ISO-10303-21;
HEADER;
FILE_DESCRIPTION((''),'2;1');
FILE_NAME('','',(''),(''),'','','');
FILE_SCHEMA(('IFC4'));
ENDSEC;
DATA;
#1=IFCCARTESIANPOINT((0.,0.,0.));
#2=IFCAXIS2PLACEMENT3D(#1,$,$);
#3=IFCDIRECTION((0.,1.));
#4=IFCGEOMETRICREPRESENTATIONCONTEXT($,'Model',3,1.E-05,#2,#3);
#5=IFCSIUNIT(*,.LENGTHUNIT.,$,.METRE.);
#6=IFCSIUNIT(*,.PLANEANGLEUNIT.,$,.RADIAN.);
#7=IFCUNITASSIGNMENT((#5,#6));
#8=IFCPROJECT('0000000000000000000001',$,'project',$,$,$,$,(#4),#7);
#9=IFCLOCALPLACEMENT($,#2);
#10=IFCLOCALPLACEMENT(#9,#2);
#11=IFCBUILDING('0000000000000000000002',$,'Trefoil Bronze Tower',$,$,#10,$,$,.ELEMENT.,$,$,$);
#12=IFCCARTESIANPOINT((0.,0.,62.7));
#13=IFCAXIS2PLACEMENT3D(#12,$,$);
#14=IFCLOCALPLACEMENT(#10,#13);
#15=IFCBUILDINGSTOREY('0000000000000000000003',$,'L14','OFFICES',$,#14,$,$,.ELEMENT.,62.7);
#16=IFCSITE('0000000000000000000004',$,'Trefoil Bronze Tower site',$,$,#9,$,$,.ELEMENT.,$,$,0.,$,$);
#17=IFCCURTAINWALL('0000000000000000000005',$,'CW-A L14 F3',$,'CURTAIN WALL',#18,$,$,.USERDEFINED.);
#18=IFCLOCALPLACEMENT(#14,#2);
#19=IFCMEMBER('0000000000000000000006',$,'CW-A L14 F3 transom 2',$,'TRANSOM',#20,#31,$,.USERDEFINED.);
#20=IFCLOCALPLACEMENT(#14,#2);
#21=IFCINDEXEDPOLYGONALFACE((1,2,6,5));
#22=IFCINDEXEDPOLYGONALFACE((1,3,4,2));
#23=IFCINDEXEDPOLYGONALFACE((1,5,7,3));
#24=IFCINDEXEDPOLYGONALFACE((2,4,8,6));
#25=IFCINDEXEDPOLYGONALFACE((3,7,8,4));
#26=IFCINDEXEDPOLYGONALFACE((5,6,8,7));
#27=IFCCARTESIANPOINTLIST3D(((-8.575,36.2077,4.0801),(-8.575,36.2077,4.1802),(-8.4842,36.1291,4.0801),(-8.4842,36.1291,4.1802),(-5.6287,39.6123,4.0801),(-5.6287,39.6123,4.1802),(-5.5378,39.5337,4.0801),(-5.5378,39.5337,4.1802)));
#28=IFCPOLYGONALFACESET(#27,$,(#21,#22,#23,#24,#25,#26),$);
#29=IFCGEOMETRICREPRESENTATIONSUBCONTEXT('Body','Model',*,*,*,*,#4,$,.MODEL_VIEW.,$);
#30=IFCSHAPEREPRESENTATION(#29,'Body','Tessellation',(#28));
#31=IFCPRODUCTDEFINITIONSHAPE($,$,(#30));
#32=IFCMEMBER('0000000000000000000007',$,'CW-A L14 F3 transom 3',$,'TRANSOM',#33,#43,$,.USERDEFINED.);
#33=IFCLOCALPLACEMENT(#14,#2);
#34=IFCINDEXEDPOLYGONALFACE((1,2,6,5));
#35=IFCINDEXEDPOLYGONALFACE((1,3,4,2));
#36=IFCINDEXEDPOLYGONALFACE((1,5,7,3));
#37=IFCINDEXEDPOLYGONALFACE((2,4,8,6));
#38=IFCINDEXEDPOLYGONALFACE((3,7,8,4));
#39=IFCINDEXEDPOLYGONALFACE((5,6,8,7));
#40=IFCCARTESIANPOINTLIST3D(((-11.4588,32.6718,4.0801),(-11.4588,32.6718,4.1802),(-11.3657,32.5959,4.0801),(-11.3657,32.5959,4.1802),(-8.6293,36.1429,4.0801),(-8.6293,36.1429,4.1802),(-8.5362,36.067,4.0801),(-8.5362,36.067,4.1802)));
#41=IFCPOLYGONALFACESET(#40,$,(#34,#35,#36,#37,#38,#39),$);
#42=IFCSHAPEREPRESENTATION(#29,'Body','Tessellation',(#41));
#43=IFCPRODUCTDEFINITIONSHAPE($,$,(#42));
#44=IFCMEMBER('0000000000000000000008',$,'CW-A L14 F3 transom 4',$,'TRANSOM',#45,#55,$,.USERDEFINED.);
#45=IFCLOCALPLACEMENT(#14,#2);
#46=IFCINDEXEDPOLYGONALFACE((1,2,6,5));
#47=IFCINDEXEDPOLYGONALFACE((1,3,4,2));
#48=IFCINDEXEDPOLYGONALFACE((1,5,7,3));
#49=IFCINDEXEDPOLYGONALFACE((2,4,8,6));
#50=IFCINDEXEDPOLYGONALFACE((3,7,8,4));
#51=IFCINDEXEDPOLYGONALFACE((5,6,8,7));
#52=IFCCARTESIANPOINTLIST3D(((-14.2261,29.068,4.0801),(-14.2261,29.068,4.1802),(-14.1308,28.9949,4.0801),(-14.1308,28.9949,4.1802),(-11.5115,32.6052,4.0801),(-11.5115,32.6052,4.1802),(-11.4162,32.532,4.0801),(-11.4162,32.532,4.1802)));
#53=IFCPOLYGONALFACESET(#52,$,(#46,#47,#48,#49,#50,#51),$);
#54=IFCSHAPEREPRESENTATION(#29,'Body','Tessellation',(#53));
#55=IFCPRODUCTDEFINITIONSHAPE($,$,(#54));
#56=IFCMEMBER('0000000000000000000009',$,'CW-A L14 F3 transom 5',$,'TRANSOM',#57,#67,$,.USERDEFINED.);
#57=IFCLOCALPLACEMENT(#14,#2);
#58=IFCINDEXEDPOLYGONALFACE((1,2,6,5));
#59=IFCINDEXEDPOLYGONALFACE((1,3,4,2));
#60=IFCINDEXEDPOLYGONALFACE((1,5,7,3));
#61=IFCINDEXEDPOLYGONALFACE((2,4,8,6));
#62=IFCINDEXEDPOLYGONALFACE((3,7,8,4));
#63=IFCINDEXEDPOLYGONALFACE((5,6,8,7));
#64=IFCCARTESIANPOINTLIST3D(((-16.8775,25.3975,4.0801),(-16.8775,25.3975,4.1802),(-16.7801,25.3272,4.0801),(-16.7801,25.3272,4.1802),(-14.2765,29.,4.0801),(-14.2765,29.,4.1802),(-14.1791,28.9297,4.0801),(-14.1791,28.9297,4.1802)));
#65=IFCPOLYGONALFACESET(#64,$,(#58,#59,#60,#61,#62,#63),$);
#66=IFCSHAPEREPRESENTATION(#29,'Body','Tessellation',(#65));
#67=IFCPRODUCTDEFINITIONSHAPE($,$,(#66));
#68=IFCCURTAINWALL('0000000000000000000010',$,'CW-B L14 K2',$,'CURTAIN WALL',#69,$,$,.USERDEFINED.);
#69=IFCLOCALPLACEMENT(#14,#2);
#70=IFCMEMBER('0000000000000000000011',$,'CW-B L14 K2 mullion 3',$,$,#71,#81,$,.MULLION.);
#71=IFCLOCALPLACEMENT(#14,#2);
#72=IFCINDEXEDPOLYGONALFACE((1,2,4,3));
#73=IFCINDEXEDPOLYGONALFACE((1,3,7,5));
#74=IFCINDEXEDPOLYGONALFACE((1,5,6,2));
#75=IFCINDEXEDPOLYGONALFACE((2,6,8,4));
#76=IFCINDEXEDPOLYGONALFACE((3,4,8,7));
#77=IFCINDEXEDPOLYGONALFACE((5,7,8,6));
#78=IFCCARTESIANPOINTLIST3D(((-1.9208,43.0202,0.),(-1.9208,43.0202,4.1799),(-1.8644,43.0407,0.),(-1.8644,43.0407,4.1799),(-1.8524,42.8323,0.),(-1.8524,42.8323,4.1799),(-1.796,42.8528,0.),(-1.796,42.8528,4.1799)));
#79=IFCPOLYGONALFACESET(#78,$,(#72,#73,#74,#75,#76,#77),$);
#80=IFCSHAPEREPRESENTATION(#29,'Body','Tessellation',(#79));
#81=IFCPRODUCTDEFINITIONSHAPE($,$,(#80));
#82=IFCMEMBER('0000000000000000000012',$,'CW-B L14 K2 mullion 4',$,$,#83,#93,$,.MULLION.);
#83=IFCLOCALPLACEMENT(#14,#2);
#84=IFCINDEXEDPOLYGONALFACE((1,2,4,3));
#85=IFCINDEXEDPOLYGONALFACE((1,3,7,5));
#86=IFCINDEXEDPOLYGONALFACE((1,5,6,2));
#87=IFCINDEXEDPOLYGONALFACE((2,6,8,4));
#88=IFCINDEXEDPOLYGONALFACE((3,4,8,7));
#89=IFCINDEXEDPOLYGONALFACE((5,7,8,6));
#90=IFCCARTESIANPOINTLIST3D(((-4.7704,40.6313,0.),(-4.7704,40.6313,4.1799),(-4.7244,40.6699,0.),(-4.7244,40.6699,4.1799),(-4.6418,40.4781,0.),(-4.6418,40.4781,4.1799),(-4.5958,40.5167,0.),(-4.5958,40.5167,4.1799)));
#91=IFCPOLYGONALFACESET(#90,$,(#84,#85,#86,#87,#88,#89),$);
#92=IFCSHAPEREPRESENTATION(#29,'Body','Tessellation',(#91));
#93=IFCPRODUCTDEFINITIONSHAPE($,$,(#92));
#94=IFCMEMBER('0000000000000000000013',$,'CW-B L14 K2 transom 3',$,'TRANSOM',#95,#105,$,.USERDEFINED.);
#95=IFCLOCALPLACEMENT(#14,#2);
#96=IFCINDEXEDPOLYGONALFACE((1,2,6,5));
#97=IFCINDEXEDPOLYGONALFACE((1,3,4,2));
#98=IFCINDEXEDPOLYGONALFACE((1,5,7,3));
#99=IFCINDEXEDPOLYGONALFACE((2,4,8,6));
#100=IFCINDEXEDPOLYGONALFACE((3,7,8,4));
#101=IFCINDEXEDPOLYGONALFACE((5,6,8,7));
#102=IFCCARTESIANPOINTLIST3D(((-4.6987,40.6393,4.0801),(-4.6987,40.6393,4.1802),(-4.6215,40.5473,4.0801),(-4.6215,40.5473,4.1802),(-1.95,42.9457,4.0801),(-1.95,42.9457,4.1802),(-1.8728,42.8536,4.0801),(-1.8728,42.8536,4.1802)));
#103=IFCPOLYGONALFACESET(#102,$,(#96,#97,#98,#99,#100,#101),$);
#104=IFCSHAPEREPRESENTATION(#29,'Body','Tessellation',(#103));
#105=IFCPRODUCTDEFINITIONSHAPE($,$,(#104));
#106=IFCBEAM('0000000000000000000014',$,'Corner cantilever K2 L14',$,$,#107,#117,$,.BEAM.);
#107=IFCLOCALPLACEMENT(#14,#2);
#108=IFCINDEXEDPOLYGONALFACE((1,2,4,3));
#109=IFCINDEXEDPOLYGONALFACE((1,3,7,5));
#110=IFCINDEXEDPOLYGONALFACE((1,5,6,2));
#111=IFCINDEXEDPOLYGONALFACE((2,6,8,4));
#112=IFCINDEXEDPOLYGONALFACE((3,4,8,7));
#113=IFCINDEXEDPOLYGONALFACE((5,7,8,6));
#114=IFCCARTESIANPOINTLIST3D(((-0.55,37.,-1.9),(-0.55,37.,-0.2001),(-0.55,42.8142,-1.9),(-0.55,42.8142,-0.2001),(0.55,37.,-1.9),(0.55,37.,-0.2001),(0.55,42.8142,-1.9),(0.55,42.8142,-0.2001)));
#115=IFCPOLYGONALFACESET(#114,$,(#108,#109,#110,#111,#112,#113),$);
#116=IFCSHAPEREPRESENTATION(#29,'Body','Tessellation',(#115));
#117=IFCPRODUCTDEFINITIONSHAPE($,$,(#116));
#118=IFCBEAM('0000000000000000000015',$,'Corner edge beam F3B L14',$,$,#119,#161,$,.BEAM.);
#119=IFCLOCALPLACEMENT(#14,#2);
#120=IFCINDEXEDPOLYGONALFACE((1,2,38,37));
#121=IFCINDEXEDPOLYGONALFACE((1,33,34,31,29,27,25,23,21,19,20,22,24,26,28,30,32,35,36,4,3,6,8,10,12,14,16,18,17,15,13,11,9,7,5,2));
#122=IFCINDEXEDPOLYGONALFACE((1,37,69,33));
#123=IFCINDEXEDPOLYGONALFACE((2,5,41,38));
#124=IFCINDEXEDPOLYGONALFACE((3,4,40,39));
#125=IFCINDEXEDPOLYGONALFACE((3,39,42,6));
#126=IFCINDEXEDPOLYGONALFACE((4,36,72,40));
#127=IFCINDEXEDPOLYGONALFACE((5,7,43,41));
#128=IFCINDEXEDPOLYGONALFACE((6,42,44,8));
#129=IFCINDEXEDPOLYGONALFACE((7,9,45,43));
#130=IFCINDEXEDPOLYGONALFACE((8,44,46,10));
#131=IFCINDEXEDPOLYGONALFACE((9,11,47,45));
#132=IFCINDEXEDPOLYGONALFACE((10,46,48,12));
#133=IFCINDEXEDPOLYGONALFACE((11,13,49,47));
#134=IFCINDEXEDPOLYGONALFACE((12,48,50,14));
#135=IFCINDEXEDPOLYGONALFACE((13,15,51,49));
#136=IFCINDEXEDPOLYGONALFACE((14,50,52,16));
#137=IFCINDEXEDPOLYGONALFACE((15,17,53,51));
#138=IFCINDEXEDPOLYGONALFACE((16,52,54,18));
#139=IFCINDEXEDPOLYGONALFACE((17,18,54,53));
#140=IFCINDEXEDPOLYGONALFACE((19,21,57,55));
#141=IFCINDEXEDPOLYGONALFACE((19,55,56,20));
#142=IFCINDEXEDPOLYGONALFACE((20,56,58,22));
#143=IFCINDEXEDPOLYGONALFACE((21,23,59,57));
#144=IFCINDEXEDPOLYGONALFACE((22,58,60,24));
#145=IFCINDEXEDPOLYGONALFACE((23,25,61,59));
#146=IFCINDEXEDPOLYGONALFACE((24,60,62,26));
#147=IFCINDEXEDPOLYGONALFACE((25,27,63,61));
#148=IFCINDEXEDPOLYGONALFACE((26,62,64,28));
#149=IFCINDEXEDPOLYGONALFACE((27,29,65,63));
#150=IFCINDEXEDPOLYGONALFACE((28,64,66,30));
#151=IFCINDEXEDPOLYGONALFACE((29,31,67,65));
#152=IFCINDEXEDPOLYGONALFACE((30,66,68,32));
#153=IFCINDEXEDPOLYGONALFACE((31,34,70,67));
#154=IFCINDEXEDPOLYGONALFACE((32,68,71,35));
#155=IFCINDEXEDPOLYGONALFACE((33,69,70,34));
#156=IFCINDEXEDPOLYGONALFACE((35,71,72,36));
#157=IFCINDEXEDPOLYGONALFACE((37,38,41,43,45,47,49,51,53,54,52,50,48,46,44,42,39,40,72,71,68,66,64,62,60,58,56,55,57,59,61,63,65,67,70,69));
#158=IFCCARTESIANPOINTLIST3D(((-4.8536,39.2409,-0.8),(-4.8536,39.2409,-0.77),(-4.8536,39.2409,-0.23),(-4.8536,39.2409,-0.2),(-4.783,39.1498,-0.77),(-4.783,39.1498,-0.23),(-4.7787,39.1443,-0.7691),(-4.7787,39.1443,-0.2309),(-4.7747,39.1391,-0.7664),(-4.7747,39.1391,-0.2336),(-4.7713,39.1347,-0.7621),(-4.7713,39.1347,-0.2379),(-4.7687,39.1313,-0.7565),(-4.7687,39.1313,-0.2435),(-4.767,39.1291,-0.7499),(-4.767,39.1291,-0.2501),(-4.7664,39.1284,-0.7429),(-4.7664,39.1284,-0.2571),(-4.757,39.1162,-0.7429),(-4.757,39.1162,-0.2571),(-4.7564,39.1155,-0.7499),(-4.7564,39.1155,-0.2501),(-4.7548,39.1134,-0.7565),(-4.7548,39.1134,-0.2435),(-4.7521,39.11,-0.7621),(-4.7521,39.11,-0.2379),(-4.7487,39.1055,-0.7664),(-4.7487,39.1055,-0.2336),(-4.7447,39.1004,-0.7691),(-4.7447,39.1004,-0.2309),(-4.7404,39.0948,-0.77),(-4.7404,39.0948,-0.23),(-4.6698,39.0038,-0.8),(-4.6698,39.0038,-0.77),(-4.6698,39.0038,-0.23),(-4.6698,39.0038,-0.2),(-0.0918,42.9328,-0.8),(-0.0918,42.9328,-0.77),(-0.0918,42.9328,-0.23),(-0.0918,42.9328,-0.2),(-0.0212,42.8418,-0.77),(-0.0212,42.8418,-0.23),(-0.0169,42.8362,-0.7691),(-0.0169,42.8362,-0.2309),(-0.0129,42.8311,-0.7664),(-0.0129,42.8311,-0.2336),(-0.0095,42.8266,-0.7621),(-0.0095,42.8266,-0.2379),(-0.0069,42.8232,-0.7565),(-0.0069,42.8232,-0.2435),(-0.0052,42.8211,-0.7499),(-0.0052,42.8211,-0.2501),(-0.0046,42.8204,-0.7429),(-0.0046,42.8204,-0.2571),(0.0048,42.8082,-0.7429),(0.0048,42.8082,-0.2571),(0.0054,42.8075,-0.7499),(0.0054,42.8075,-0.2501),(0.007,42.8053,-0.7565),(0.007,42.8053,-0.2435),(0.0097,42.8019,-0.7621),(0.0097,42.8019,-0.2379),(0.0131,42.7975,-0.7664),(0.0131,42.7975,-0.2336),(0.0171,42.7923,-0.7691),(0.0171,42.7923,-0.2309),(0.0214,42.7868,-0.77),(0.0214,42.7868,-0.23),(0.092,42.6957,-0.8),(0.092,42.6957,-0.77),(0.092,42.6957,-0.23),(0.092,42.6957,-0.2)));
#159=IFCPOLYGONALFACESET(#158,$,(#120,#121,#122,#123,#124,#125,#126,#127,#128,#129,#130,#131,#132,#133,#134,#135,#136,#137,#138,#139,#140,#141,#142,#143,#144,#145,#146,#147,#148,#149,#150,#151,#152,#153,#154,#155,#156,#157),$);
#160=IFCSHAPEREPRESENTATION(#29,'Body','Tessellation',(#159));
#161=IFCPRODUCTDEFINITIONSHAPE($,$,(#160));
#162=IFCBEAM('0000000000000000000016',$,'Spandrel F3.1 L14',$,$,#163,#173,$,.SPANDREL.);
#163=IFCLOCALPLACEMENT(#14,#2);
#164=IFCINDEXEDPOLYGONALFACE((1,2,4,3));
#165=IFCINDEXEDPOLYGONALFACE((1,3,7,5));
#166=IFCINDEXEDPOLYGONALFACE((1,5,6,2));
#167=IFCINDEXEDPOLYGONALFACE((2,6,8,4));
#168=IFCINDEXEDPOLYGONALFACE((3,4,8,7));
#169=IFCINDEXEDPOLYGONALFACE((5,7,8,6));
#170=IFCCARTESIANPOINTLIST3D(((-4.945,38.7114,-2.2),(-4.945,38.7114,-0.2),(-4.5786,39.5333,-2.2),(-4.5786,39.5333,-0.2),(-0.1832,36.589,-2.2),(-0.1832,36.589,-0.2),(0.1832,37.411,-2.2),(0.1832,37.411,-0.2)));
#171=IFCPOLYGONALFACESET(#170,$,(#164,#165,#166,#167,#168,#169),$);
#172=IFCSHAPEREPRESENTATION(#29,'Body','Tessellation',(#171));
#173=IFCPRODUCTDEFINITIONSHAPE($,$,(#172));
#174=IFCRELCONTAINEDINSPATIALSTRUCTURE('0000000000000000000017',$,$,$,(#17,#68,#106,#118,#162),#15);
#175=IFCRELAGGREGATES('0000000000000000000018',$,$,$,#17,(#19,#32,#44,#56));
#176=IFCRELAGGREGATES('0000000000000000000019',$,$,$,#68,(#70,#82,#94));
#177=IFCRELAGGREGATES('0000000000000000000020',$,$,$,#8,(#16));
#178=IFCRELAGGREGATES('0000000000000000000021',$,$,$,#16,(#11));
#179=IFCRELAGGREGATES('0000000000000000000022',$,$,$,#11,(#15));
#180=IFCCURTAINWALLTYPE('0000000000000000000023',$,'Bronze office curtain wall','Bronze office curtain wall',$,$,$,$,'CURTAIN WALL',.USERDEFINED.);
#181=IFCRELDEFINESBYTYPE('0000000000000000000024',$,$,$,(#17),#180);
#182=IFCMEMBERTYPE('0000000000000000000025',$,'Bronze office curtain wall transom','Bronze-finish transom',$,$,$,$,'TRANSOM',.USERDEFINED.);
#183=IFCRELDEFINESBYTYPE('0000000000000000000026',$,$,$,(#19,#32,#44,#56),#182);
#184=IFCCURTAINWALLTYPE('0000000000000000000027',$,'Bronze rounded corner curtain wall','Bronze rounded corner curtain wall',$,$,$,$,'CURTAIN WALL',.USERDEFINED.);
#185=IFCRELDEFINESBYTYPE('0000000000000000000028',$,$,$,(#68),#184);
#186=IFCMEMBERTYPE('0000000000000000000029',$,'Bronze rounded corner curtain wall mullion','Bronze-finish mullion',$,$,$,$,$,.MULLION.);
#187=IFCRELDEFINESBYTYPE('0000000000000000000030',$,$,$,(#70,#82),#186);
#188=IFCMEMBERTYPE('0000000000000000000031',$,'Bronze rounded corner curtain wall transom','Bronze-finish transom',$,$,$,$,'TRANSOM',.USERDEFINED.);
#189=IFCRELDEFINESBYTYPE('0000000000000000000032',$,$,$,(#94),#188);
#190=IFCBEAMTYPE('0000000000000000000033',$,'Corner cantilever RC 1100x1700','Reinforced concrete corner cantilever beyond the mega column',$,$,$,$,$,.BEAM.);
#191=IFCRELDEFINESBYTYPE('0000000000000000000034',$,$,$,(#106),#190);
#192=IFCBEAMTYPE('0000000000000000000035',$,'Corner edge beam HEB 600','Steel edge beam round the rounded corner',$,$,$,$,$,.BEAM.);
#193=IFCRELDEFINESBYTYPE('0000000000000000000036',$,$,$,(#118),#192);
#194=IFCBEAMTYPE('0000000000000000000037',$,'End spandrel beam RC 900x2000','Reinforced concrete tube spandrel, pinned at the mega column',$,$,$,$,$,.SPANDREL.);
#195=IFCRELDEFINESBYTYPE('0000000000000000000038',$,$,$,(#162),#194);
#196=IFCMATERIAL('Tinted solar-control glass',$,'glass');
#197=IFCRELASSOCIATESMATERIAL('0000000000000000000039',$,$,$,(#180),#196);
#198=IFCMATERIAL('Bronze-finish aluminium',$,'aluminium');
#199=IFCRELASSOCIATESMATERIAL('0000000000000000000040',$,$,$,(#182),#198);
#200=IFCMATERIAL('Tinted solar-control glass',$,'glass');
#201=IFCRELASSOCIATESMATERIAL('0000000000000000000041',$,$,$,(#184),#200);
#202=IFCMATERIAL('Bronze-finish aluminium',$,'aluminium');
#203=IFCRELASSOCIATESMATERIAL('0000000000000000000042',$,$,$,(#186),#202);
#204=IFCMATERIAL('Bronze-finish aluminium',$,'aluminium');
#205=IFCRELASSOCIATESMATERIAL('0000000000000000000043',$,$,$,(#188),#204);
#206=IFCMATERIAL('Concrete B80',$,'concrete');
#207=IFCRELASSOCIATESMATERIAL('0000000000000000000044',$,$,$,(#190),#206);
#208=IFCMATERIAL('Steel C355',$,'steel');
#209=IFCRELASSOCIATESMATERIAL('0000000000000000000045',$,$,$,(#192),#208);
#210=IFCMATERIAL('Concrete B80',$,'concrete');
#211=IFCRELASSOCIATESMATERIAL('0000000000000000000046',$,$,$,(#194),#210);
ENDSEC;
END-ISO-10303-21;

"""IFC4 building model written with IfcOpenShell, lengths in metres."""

from ifc_helpers import new_model, si_unit, direction, frame, origin, origin_2d, place, context, subcontext, project, spatial, rectangle, i_section, extrude, material, material_profile, profile_set, type_object, element, aggregate, save


model = new_model("IFC4")

# Units and contexts
model_context = context("Model", 3, precision=1e-05, world=origin(), true_north=direction((0.0, 1.0)))
body_context = subcontext(model_context, "Body", "Model", "MODEL_VIEW")
ifc_project = project(units=[si_unit("LENGTHUNIT", "METRE"), si_unit("PLANEANGLEUNIT", "RADIAN")], contexts=[model_context])

# Site, building, storey
site_placement = place(None, origin())
site = spatial("IfcSite", under=ifc_project, at=site_placement, Name="Trefoil Bronze Tower site", CompositionType="ELEMENT", RefElevation=0.0)
building_placement = place(site_placement, origin())
building = spatial("IfcBuilding", under=site, at=building_placement, Name="Trefoil Bronze Tower", CompositionType="ELEMENT")
storey_placement = place(building_placement, frame((0.0, 0.0, 62.7)))
storey = spatial("IfcBuildingStorey", under=building, at=storey_placement, Name="L14", Description="OFFICES", CompositionType="ELEMENT", Elevation=62.7)

# Curtain walls, members
ifc_material_1 = material(Name="Tinted solar-control glass", Category="glass")
curtain_wall_type_1 = type_object("IfcCurtainWallType", Name="Bronze office curtain wall", Description="Bronze office curtain wall", ElementType="CURTAIN WALL", PredefinedType="USERDEFINED", material=ifc_material_1)
curtain_wall_1_placement = place(storey_placement, origin())
curtain_wall_1 = element("IfcCurtainWall", 1, at=curtain_wall_1_placement, inside=storey, type_object=curtain_wall_type_1, Name="CW-A L14 F3", ObjectType="CURTAIN WALL", PredefinedType="USERDEFINED")
ifc_material_2 = material(Name="Bronze-finish aluminium", Category="aluminium")
ifc_material_profile_1 = material_profile(ifc_material_2, rectangle(XDim=0.1201, YDim=0.1001, at=origin_2d()), Name="CW-A transom")
ifc_profile_set_1 = profile_set([ifc_material_profile_1], Name="Bronze-finish aluminium")
member_type_1 = type_object("IfcMemberType", Name="Bronze office curtain wall transom", Description="Bronze-finish transom", ElementType="TRANSOM", PredefinedType="USERDEFINED", material=ifc_profile_set_1)
member_1_placement = place(storey_placement, frame((-5.5833, 39.573, 4.1301), z_axis=(-0.654383, -0.756163, 0.0), x_axis=(0.756163, -0.654383, 0.0)))
member_1 = element("IfcMember", 2, at=member_1_placement, type_object=member_type_1, Name="CW-A L14 F3 transom 2", ObjectType="TRANSOM", PredefinedType="USERDEFINED", context=body_context, shape_type="SweptSolid", body=[
    extrude(rectangle(XDim=0.1201, YDim=0.1001, at=origin_2d()), origin(), (0.0, 0.0, 1.0), 4.5024),
])
member_2_placement = place(storey_placement, frame((-8.5828, 36.105, 4.1301), z_axis=(-0.631836, -0.775102, 0.0), x_axis=(0.775102, -0.631836, 0.0)))
member_2 = element("IfcMember", 3, at=member_2_placement, type_object=member_type_1, Name="CW-A L14 F3 transom 3", ObjectType="TRANSOM", PredefinedType="USERDEFINED", context=body_context, shape_type="SweptSolid", body=[
    extrude(rectangle(XDim=0.1201, YDim=0.1001, at=origin_2d()), origin(), (0.0, 0.0, 1.0), 4.4783),
])
member_3_placement = place(storey_placement, frame((-11.4639, 32.5686, 4.1301), z_axis=(-0.608829, -0.793301, 0.0), x_axis=(0.793301, -0.608829, 0.0)))
member_3 = element("IfcMember", 4, at=member_3_placement, type_object=member_type_1, Name="CW-A L14 F3 transom 4", ObjectType="TRANSOM", PredefinedType="USERDEFINED", context=body_context, shape_type="SweptSolid", body=[
    extrude(rectangle(XDim=0.1201, YDim=0.1001, at=origin_2d()), origin(), (0.0, 0.0, 1.0), 4.4587),
])
member_4_placement = place(storey_placement, frame((-14.2278, 28.9648, 4.1301), z_axis=(-0.585378, -0.81076, 0.0), x_axis=(0.81076, -0.585378, 0.0)))
member_4 = element("IfcMember", 5, at=member_4_placement, type_object=member_type_1, Name="CW-A L14 F3 transom 5", ObjectType="TRANSOM", PredefinedType="USERDEFINED", context=body_context, shape_type="SweptSolid", body=[
    extrude(rectangle(XDim=0.1201, YDim=0.1001, at=origin_2d()), origin(), (0.0, 0.0, 1.0), 4.4434),
])
ifc_material_3 = material(Name="Tinted solar-control glass", Category="glass")
curtain_wall_type_2 = type_object("IfcCurtainWallType", Name="Bronze rounded corner curtain wall", Description="Bronze rounded corner curtain wall", ElementType="CURTAIN WALL", PredefinedType="USERDEFINED", material=ifc_material_3)
curtain_wall_2_placement = place(storey_placement, origin())
curtain_wall_2 = element("IfcCurtainWall", 6, at=curtain_wall_2_placement, inside=storey, type_object=curtain_wall_type_2, Name="CW-B L14 K2", ObjectType="CURTAIN WALL", PredefinedType="USERDEFINED")
ifc_material_4 = material(Name="Bronze-finish aluminium", Category="aluminium")
ifc_material_profile_2 = material_profile(ifc_material_4, rectangle(XDim=0.2, YDim=0.0601, at=origin_2d()), Name="CW-B mullion")
ifc_profile_set_2 = profile_set([ifc_material_profile_2], Name="Bronze-finish aluminium")
member_type_2 = type_object("IfcMemberType", Name="Bronze rounded corner curtain wall mullion", Description="Bronze-finish mullion", PredefinedType="MULLION", material=ifc_profile_set_2)
member_5_placement = place(storey_placement, frame((-1.8584, 42.9365, 0.0), z_axis=(0.0, 0.0, 1.0), x_axis=(0.34202, -0.939693, 0.0)))
member_5 = element("IfcMember", 7, at=member_5_placement, type_object=member_type_2, Name="CW-B L14 K2 mullion 3", PredefinedType="MULLION", context=body_context, shape_type="SweptSolid", body=[
    extrude(rectangle(XDim=0.2, YDim=0.0601, at=origin_2d()), origin(), (0.0, 0.0, 1.0), 4.1799),
])
member_6_placement = place(storey_placement, frame((-4.6831, 40.574, 0.0), z_axis=(0.0, 0.0, 1.0), x_axis=(0.642788, -0.766044, 0.0)))
member_6 = element("IfcMember", 8, at=member_6_placement, type_object=member_type_2, Name="CW-B L14 K2 mullion 4", PredefinedType="MULLION", context=body_context, shape_type="SweptSolid", body=[
    extrude(rectangle(XDim=0.2, YDim=0.0601, at=origin_2d()), origin(), (0.0, 0.0, 1.0), 4.1799),
])
ifc_material_5 = material(Name="Bronze-finish aluminium", Category="aluminium")
ifc_material_profile_3 = material_profile(ifc_material_5, rectangle(XDim=0.1201, YDim=0.1001, at=origin_2d()), Name="CW-B transom")
ifc_profile_set_3 = profile_set([ifc_material_profile_3], Name="Bronze-finish aluminium")
member_type_3 = type_object("IfcMemberType", Name="Bronze rounded corner curtain wall transom", Description="Bronze-finish transom", ElementType="TRANSOM", PredefinedType="USERDEFINED", material=ifc_profile_set_3)
member_7_placement = place(storey_placement, frame((-1.9114, 42.8997, 4.1301), z_axis=(-0.766059, -0.642771, 0.0), x_axis=(0.642771, -0.766059, 0.0)))
member_7 = element("IfcMember", 9, at=member_7_placement, type_object=member_type_3, Name="CW-B L14 K2 transom 3", ObjectType="TRANSOM", PredefinedType="USERDEFINED", context=body_context, shape_type="SweptSolid", body=[
    extrude(rectangle(XDim=0.1201, YDim=0.1001, at=origin_2d()), origin(), (0.0, 0.0, 1.0), 3.5881),
])

# Beams
ifc_material_6 = material(Name="Concrete B80", Category="concrete")
ifc_material_profile_4 = material_profile(ifc_material_6, rectangle(XDim=1.1001, YDim=1.7, at=origin_2d()), Name="RC 1100x1700")
ifc_profile_set_4 = profile_set([ifc_material_profile_4], Name="Concrete B80")
beam_type_1 = type_object("IfcBeamType", Name="Corner cantilever RC 1100x1700", Description="Reinforced concrete corner cantilever beyond the mega column", PredefinedType="BEAM", material=ifc_profile_set_4)
beam_1_placement = place(storey_placement, frame((0.0, 37.0, -1.05), z_axis=(0.0, 1.0, 0.0), x_axis=(-1.0, 0.0, 0.0)))
element("IfcBeam", 10, at=beam_1_placement, inside=storey, type_object=beam_type_1, Name="Corner cantilever K2 L14", PredefinedType="BEAM", context=body_context, shape_type="SweptSolid", body=[
    extrude(rectangle(XDim=1.1001, YDim=1.7, at=origin_2d()), origin(), (0.0, 0.0, 1.0), 5.8142),
])
ifc_material_7 = material(Name="Steel C355", Category="steel")
ifc_material_profile_5 = material_profile(ifc_material_7, i_section(OverallWidth=0.3, OverallDepth=0.6001, WebThickness=0.0154, FlangeThickness=0.03, FilletRadius=0.0271, at=origin_2d()), Name="HEB 600")
ifc_profile_set_5 = profile_set([ifc_material_profile_5], Name="Steel C355")
beam_type_2 = type_object("IfcBeamType", Name="Corner edge beam HEB 600", Description="Steel edge beam round the rounded corner", PredefinedType="BEAM", material=ifc_profile_set_5)
beam_2_placement = place(storey_placement, frame((-4.7617, 39.1223, -0.5), z_axis=(0.790289, 0.612734, 0.0), x_axis=(-0.612734, 0.790289, 0.0)))
element("IfcBeam", 11, at=beam_2_placement, inside=storey, type_object=beam_type_2, Name="Corner edge beam F3B L14", PredefinedType="BEAM", context=body_context, shape_type="SweptSolid", body=[
    extrude(i_section(OverallWidth=0.3, OverallDepth=0.6001, WebThickness=0.0154, FlangeThickness=0.03, FilletRadius=0.0271, at=origin_2d()), origin(), (0.0, 0.0, 1.0), 6.0254),
])
ifc_material_8 = material(Name="Concrete B80", Category="concrete")
ifc_material_profile_6 = material_profile(ifc_material_8, rectangle(XDim=0.8999, YDim=2.0, at=origin_2d()), Name="RC 900x2000")
ifc_profile_set_6 = profile_set([ifc_material_profile_6], Name="Concrete B80")
beam_type_3 = type_object("IfcBeamType", Name="End spandrel beam RC 900x2000", Description="Reinforced concrete tube spandrel, pinned at the mega column", PredefinedType="SPANDREL", material=ifc_profile_set_6)
beam_3_placement = place(storey_placement, frame((0.0, 37.0, -1.2), z_axis=(-0.913384, 0.407099, 0.0), x_axis=(-0.407099, -0.913384, 0.0)))
element("IfcBeam", 12, at=beam_3_placement, inside=storey, type_object=beam_type_3, Name="Spandrel F3.1 L14", PredefinedType="SPANDREL", context=body_context, shape_type="SweptSolid", body=[
    extrude(rectangle(XDim=0.8999, YDim=2.0, at=origin_2d()), origin(), (0.0, 0.0, 1.0), 5.2134),
])

aggregate(curtain_wall_1, [member_1, member_2, member_3, member_4])
aggregate(curtain_wall_2, [member_5, member_6, member_7])

save(model, "model.ifc")
